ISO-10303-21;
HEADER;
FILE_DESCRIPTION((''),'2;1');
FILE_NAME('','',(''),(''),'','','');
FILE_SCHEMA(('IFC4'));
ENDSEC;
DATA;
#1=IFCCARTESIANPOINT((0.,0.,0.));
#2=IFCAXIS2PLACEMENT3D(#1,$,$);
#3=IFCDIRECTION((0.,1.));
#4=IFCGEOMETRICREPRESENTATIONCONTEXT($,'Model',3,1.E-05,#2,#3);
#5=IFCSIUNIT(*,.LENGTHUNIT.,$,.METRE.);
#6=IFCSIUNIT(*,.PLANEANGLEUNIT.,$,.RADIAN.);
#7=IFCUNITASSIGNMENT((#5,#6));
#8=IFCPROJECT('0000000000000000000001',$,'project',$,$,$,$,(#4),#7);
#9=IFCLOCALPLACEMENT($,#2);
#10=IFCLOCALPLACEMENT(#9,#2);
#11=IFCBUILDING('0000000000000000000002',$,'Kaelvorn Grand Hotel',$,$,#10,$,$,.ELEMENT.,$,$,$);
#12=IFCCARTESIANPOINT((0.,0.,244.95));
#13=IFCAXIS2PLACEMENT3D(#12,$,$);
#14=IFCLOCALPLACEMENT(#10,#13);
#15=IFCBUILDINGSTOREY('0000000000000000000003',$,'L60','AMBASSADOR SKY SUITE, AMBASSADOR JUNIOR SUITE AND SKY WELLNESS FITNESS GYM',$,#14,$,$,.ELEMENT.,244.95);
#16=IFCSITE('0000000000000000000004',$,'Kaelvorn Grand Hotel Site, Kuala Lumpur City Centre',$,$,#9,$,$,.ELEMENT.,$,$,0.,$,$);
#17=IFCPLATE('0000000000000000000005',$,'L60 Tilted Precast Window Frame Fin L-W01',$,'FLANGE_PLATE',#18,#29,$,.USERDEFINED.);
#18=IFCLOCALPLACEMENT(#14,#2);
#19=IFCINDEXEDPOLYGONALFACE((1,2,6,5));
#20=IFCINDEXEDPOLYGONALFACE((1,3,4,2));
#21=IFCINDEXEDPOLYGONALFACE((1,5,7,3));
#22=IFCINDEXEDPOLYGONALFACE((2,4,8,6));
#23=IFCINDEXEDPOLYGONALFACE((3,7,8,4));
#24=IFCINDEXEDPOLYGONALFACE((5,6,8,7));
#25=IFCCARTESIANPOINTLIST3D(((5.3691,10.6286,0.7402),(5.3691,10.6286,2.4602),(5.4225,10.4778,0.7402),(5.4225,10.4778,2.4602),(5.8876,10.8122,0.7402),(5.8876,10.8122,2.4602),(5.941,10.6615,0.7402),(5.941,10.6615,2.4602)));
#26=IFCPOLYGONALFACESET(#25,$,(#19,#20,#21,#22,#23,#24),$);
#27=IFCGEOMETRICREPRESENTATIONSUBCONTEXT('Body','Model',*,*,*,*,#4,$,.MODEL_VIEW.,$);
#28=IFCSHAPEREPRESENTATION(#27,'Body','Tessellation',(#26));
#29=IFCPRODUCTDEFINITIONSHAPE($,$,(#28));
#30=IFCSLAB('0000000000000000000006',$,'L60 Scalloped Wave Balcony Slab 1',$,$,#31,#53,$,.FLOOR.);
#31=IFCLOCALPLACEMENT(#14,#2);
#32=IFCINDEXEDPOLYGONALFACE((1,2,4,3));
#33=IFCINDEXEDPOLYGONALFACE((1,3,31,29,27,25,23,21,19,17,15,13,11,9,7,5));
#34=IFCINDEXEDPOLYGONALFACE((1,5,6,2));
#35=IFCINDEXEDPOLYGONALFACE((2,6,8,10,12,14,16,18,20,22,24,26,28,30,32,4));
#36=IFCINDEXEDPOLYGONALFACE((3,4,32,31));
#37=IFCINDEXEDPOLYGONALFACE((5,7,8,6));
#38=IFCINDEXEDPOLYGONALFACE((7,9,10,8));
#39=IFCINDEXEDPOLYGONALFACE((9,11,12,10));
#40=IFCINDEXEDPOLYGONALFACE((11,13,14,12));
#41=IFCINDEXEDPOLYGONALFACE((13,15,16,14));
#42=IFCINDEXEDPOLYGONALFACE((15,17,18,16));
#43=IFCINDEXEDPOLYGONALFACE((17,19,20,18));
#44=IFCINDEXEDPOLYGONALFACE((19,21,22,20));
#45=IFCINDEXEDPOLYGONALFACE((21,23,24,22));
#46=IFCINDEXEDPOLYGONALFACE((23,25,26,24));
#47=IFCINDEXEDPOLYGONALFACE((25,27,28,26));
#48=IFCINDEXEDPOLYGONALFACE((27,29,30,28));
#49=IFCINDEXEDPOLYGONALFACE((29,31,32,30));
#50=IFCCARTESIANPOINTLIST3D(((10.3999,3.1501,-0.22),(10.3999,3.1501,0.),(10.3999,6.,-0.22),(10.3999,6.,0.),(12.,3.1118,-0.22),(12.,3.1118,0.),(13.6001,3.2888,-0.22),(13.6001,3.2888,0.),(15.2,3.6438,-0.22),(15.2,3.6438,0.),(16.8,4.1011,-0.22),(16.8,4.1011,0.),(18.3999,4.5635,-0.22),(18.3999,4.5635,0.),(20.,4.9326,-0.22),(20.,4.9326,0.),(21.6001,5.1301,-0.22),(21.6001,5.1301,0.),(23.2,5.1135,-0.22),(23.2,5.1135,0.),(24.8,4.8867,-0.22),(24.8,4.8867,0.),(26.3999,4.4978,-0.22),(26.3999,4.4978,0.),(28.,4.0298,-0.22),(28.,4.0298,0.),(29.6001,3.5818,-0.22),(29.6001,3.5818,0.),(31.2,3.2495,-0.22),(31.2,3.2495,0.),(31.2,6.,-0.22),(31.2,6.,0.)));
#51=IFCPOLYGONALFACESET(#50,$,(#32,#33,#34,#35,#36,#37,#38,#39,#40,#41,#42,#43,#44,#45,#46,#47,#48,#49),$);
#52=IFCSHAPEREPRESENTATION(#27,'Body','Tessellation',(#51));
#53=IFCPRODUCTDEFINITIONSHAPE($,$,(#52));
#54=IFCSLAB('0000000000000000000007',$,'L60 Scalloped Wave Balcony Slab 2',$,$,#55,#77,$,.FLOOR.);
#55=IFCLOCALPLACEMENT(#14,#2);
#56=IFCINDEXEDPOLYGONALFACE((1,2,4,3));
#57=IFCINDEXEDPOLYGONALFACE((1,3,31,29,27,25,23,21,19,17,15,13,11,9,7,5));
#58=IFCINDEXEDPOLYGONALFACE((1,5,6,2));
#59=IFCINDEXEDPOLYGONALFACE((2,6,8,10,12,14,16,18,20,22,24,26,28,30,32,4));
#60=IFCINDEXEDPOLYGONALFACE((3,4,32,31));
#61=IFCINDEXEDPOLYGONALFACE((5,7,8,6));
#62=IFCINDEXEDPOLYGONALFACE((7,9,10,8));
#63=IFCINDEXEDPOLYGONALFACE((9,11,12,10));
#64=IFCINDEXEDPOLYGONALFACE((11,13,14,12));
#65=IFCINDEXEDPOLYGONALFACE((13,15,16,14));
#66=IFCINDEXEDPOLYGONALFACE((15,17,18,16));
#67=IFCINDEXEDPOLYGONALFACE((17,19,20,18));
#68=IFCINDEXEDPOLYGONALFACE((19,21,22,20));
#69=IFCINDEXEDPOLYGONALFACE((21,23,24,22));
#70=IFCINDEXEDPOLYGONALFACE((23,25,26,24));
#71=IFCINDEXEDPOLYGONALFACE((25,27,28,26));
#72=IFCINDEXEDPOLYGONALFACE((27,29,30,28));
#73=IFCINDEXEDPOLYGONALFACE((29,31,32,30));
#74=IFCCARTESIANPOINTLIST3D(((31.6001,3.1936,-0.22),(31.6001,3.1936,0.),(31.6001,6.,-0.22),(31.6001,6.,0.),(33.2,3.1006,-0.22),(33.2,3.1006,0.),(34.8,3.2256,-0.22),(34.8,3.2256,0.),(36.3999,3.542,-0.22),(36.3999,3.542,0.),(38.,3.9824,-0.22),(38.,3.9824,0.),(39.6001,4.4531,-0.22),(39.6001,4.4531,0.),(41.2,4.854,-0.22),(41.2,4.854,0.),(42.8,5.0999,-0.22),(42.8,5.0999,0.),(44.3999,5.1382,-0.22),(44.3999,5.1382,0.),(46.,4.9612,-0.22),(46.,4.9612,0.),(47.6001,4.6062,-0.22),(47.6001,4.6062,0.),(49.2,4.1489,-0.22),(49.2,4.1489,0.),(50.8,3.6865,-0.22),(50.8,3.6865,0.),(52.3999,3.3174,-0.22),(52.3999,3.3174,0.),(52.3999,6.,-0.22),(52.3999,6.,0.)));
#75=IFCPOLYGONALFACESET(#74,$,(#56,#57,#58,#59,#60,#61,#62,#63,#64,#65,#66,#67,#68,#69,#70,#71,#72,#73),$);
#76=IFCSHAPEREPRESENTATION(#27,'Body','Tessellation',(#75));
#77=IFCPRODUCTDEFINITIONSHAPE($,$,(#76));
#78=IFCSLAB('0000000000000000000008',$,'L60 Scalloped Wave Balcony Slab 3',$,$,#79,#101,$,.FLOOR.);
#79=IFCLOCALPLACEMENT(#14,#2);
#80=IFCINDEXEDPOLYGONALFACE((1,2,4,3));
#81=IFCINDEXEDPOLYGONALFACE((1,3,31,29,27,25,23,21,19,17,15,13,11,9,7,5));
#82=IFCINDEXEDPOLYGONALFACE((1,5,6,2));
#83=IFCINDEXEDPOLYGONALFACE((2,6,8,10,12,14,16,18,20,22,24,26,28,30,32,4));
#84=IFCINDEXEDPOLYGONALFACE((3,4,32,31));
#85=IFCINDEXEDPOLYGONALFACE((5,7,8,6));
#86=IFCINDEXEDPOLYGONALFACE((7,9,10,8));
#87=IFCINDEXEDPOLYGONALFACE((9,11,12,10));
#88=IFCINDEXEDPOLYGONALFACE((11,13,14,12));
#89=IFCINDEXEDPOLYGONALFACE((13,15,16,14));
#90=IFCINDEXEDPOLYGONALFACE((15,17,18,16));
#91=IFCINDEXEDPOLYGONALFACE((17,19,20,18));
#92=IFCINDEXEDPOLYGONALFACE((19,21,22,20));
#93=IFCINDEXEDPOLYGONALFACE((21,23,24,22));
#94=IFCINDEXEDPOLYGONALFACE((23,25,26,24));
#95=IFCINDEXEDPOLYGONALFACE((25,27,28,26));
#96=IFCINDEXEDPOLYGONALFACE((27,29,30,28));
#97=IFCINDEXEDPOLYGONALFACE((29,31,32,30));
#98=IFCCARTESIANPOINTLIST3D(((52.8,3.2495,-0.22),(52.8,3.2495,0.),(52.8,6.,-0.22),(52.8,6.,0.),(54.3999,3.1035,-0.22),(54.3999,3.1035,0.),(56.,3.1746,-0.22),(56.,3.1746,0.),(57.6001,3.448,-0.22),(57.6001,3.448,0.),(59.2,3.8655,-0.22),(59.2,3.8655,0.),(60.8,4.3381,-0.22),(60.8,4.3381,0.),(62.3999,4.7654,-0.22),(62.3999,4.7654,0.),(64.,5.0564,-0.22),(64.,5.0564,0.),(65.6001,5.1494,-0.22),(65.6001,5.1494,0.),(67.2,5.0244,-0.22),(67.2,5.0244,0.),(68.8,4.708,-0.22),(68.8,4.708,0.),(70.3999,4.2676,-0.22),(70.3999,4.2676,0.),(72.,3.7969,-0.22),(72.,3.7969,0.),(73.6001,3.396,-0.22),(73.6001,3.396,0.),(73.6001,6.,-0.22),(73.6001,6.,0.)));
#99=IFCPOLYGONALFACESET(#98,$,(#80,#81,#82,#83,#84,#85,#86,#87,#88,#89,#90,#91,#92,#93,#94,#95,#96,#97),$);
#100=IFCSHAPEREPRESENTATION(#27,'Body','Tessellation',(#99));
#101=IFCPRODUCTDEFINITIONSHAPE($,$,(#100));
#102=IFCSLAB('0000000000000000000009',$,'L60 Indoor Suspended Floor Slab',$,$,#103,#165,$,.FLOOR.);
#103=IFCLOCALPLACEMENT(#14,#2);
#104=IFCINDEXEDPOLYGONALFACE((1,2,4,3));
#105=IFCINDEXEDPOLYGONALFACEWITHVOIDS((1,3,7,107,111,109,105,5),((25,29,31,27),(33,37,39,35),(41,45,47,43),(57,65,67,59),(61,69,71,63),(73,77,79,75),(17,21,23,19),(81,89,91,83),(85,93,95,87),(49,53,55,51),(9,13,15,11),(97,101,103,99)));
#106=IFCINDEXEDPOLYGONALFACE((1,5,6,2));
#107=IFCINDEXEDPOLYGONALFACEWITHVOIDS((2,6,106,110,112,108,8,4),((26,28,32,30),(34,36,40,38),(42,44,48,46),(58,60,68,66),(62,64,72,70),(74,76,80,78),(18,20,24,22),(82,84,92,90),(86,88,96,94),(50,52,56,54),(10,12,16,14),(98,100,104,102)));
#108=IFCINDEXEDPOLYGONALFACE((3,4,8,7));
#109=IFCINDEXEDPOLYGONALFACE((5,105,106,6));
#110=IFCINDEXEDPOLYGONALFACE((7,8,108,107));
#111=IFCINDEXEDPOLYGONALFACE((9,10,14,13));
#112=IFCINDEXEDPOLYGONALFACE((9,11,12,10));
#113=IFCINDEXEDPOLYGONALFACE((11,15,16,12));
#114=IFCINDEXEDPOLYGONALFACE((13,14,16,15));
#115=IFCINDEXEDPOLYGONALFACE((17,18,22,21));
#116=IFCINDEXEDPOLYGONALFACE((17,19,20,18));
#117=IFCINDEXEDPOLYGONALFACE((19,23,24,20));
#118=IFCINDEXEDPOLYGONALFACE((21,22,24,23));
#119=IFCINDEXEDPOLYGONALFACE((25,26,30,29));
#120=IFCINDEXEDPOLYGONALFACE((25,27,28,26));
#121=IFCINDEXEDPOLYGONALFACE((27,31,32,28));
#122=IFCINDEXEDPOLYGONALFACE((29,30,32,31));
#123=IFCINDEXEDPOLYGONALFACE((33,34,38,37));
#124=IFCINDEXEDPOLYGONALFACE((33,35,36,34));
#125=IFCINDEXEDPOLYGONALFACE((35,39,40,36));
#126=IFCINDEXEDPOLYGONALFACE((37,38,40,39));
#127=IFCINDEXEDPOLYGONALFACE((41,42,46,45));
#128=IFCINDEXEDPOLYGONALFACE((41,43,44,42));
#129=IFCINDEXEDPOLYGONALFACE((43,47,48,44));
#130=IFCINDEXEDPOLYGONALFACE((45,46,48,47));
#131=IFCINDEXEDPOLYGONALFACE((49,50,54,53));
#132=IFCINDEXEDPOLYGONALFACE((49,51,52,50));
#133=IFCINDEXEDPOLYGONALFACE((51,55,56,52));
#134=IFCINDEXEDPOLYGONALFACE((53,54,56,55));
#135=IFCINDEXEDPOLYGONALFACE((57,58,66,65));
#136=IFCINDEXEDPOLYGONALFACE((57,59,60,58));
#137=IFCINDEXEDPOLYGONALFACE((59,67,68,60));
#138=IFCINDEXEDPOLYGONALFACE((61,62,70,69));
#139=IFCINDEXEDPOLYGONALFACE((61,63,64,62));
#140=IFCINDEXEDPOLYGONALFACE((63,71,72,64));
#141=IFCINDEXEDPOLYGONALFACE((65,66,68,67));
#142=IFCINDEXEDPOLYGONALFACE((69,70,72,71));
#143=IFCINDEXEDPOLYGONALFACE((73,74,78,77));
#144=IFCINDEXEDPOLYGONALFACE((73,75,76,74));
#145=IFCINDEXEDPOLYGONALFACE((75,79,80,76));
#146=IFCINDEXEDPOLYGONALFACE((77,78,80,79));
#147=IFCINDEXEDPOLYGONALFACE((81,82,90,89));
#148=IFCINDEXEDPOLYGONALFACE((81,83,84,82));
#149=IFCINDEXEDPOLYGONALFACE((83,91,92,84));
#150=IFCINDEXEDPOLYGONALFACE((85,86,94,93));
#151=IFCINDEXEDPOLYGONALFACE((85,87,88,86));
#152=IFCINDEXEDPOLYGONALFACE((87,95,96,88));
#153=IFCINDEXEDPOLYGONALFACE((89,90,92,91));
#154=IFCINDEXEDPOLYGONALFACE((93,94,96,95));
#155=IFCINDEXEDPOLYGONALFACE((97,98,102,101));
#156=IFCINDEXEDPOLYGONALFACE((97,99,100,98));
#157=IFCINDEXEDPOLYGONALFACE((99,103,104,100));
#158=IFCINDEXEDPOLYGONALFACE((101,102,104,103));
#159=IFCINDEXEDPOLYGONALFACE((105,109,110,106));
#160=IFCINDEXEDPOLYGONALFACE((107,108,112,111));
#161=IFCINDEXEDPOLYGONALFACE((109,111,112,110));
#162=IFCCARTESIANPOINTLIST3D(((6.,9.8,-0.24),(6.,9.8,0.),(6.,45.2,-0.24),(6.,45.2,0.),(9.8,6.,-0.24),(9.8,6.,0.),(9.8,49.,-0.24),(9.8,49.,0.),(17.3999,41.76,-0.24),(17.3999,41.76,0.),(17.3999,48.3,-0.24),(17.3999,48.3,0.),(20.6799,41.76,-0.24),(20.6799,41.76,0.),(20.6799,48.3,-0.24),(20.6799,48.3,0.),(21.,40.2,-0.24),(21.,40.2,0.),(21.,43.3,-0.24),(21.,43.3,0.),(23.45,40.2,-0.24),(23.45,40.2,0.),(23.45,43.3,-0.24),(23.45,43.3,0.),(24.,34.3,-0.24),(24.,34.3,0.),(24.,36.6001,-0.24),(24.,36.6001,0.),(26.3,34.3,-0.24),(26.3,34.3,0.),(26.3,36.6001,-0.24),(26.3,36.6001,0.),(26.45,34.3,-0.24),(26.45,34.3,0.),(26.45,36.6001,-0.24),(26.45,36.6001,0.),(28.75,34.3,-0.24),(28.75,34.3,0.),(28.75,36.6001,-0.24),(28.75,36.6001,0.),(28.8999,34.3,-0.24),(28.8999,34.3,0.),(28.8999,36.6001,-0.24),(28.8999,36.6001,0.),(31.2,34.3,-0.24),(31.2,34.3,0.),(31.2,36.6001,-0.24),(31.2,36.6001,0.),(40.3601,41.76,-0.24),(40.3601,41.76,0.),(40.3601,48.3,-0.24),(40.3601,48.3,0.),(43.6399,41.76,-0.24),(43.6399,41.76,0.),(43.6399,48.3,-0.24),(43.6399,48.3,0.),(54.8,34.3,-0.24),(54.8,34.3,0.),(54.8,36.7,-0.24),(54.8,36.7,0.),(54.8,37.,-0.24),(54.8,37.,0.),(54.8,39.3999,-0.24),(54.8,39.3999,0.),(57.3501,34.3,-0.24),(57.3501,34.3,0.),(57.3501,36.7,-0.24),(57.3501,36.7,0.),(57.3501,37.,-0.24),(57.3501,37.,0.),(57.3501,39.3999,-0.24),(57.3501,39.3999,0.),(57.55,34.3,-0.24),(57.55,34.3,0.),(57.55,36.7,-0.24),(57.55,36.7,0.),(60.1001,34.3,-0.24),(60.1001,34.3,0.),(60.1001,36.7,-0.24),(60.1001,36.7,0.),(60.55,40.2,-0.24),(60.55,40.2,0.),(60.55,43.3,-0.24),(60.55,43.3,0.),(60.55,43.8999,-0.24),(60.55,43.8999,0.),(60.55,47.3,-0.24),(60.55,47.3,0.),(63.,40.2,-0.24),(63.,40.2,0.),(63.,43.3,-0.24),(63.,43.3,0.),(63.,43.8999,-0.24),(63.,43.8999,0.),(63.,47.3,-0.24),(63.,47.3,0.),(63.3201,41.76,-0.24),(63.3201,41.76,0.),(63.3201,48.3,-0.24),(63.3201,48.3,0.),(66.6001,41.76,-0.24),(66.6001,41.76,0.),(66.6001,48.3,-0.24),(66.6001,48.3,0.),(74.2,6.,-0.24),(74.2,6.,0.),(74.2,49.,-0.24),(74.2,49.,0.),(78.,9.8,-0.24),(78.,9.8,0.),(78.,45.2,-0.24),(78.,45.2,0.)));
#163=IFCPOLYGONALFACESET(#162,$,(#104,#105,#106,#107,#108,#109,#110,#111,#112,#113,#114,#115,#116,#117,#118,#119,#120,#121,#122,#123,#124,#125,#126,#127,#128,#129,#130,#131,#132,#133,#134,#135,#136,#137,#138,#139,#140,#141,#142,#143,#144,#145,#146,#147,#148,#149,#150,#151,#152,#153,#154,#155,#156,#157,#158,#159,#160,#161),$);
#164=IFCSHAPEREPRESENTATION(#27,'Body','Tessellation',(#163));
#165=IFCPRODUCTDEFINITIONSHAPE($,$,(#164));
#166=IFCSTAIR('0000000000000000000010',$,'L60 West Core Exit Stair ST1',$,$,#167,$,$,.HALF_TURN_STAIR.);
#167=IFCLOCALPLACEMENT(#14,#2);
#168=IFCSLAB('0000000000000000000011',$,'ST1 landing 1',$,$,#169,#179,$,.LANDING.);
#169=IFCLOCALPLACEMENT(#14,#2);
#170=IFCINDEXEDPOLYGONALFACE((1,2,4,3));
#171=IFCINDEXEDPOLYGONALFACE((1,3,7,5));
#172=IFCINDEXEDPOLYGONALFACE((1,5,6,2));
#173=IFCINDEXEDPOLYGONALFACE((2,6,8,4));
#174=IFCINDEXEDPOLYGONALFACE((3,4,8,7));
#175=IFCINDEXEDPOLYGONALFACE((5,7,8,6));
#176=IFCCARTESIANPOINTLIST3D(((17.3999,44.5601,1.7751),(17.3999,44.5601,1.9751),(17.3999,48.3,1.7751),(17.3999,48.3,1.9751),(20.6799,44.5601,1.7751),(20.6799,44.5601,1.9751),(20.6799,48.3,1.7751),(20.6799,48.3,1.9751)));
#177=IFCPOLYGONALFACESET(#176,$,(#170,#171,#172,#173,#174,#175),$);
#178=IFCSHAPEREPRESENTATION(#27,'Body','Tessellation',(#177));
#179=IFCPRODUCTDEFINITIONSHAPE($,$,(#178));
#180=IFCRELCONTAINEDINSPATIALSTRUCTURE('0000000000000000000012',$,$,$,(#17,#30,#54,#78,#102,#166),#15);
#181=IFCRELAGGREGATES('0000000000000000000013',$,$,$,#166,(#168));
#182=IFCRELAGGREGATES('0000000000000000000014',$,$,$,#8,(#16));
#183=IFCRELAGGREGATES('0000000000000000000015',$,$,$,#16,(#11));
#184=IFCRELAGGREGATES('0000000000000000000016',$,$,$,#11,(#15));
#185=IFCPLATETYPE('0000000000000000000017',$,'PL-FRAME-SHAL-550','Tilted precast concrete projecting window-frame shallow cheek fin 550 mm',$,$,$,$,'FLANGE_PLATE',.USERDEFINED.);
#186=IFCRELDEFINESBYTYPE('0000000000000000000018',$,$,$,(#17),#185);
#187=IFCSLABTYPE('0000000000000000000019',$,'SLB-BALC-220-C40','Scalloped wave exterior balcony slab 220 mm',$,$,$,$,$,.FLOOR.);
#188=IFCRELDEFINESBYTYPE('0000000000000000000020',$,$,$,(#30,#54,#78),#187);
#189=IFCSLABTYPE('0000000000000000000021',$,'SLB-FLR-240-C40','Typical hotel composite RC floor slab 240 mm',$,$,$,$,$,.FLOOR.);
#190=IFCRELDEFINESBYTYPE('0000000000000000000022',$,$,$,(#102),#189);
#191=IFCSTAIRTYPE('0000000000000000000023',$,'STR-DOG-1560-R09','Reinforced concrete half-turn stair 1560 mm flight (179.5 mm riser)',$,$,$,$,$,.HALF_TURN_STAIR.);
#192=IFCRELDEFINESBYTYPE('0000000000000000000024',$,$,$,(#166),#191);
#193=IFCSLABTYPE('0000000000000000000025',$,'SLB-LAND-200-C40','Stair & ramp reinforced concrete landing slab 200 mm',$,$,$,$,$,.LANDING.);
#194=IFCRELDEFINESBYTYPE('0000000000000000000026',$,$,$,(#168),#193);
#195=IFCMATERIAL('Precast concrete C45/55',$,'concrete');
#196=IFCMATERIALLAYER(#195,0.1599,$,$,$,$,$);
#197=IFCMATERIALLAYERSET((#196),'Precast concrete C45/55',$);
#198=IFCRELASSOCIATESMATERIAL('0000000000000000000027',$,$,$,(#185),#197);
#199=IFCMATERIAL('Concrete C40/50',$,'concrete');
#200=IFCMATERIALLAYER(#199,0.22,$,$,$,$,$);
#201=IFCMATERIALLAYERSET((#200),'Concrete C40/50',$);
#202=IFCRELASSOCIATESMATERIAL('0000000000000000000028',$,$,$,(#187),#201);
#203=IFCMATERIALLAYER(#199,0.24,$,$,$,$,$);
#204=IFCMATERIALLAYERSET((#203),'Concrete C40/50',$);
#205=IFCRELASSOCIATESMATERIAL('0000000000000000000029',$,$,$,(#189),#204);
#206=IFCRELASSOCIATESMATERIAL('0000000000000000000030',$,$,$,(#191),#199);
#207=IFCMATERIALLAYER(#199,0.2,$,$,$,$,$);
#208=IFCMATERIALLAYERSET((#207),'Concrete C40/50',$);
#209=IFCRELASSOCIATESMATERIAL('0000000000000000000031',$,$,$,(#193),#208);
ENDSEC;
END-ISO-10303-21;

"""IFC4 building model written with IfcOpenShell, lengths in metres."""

from ifc_helpers import new_model, si_unit, direction, frame, origin, origin_2d, place, context, subcontext, project, spatial, polyline, rectangle, outline, extrude, material, layer, layer_set, type_object, element, aggregate, save


model = new_model("IFC4")

# Units and contexts
model_context = context("Model", 3, precision=1e-05, world=origin(), true_north=direction((0.0, 1.0)))
body_context = subcontext(model_context, "Body", "Model", "MODEL_VIEW")
ifc_project = project(units=[si_unit("LENGTHUNIT", "METRE"), si_unit("PLANEANGLEUNIT", "RADIAN")], contexts=[model_context])

# Site, building, storey
site_placement = place(None, origin())
site = spatial("IfcSite", under=ifc_project, at=site_placement, Name="Kaelvorn Grand Hotel Site, Kuala Lumpur City Centre", CompositionType="ELEMENT", RefElevation=0.0)
building_placement = place(site_placement, origin())
building = spatial("IfcBuilding", under=site, at=building_placement, Name="Kaelvorn Grand Hotel", CompositionType="ELEMENT")
storey_placement = place(building_placement, frame((0.0, 0.0, 244.95)))
storey = spatial("IfcBuildingStorey", under=building, at=storey_placement, Name="L60", Description="AMBASSADOR SKY SUITE, AMBASSADOR JUNIOR SUITE AND SKY WELLNESS FITNESS GYM", CompositionType="ELEMENT", Elevation=244.95)

# Plate
ifc_material_1 = material(Name="Precast concrete C45/55", Category="concrete")
ifc_layer_1 = layer(ifc_material_1, 0.1599)
ifc_layer_set_1 = layer_set([ifc_layer_1], Name="Precast concrete C45/55")
plate_type = type_object("IfcPlateType", Name="PL-FRAME-SHAL-550", Description="Tilted precast concrete projecting window-frame shallow cheek fin 550 mm", ElementType="FLANGE_PLATE", PredefinedType="USERDEFINED", material=ifc_layer_set_1)
plate_placement = place(storey_placement, frame((5.655, 10.645, 0.7402), z_axis=(0.0, 0.0, 1.0), x_axis=(-0.333807, 0.942641, 0.0)))
element("IfcPlate", 1, at=plate_placement, inside=storey, type_object=plate_type, Name="L60 Tilted Precast Window Frame Fin L-W01", ObjectType="FLANGE_PLATE", PredefinedType="USERDEFINED", context=body_context, shape_type="SweptSolid", body=[
    extrude(rectangle(XDim=0.1599, YDim=0.55, at=origin_2d()), origin(), (0.0, 0.0, 1.0), 1.72),
])

# Slabs
ifc_material_2 = material(Name="Concrete C40/50", Category="concrete")
ifc_layer_2 = layer(ifc_material_2, 0.22)
ifc_layer_set_2 = layer_set([ifc_layer_2], Name="Concrete C40/50")
slab_type_1 = type_object("IfcSlabType", Name="SLB-BALC-220-C40", Description="Scalloped wave exterior balcony slab 220 mm", PredefinedType="FLOOR", material=ifc_layer_set_2)
slab_1_placement = place(storey_placement, frame((0.0, 0.0, -0.22)))
element("IfcSlab", 2, at=slab_1_placement, inside=storey, type_object=slab_type_1, Name="L60 Scalloped Wave Balcony Slab 1", PredefinedType="FLOOR", context=body_context, shape_type="SweptSolid", body=[
    extrude(outline(polyline([(10.3999, 3.1501), (12.0, 3.1118), (13.6001, 3.2888), (15.2, 3.6438), (16.8, 4.1011), (18.3999, 4.5635), (20.0, 4.9326), (21.6001, 5.1301), (23.2, 5.1135), (24.8, 4.8867), (26.3999, 4.4978), (28.0, 4.0298), (29.6001, 3.5818), (31.2, 3.2495), (31.2, 6.0), (10.3999, 6.0), (10.3999, 3.1501)])), origin(), (0.0, 0.0, 1.0), 0.22),
])
slab_2_placement = place(storey_placement, frame((0.0, 0.0, -0.22)))
element("IfcSlab", 3, at=slab_2_placement, inside=storey, type_object=slab_type_1, Name="L60 Scalloped Wave Balcony Slab 2", PredefinedType="FLOOR", context=body_context, shape_type="SweptSolid", body=[
    extrude(outline(polyline([(31.6001, 3.1936), (33.2, 3.1006), (34.8, 3.2256), (36.3999, 3.542), (38.0, 3.9824), (39.6001, 4.4531), (41.2, 4.854), (42.8, 5.0999), (44.3999, 5.1382), (46.0, 4.9612), (47.6001, 4.6062), (49.2, 4.1489), (50.8, 3.6865), (52.3999, 3.3174), (52.3999, 6.0), (31.6001, 6.0), (31.6001, 3.1936)])), origin(), (0.0, 0.0, 1.0), 0.22),
])
slab_3_placement = place(storey_placement, frame((0.0, 0.0, -0.22)))
element("IfcSlab", 4, at=slab_3_placement, inside=storey, type_object=slab_type_1, Name="L60 Scalloped Wave Balcony Slab 3", PredefinedType="FLOOR", context=body_context, shape_type="SweptSolid", body=[
    extrude(outline(polyline([(52.8, 3.2495), (54.3999, 3.1035), (56.0, 3.1746), (57.6001, 3.448), (59.2, 3.8655), (60.8, 4.3381), (62.3999, 4.7654), (64.0, 5.0564), (65.6001, 5.1494), (67.2, 5.0244), (68.8, 4.708), (70.3999, 4.2676), (72.0, 3.7969), (73.6001, 3.396), (73.6001, 6.0), (52.8, 6.0), (52.8, 3.2495)])), origin(), (0.0, 0.0, 1.0), 0.22),
])
ifc_layer_3 = layer(ifc_material_2, 0.24)
ifc_layer_set_3 = layer_set([ifc_layer_3], Name="Concrete C40/50")
slab_type_2 = type_object("IfcSlabType", Name="SLB-FLR-240-C40", Description="Typical hotel composite RC floor slab 240 mm", PredefinedType="FLOOR", material=ifc_layer_set_3)
slab_4_placement = place(storey_placement, frame((0.0, 0.0, -0.24)))
element("IfcSlab", 5, at=slab_4_placement, inside=storey, type_object=slab_type_2, Name="L60 Indoor Suspended Floor Slab", PredefinedType="FLOOR", context=body_context, shape_type="SweptSolid", body=[
    extrude(outline(polyline([(9.8, 6.0), (74.2, 6.0), (78.0, 9.8), (78.0, 45.2), (74.2, 49.0), (9.8, 49.0), (6.0, 45.2), (6.0, 9.8), (9.8, 6.0)]), holes=[polyline([(17.3999, 41.76), (17.3999, 48.3), (20.6799, 48.3), (20.6799, 41.76), (17.3999, 41.76)]), polyline([(40.3601, 41.76), (40.3601, 48.3), (43.6399, 48.3), (43.6399, 41.76), (40.3601, 41.76)]), polyline([(63.3201, 41.76), (63.3201, 48.3), (66.6001, 48.3), (66.6001, 41.76), (63.3201, 41.76)]), polyline([(24.0, 34.3), (24.0, 36.6001), (26.3, 36.6001), (26.3, 34.3), (24.0, 34.3)]), polyline([(26.45, 34.3), (26.45, 36.6001), (28.75, 36.6001), (28.75, 34.3), (26.45, 34.3)]), polyline([(28.8999, 34.3), (28.8999, 36.6001), (31.2, 36.6001), (31.2, 34.3), (28.8999, 34.3)]), polyline([(54.8, 34.3), (54.8, 36.7), (57.3501, 36.7), (57.3501, 34.3), (54.8, 34.3)]), polyline([(57.55, 34.3), (57.55, 36.7), (60.1001, 36.7), (60.1001, 34.3), (57.55, 34.3)]), polyline([(54.8, 37.0), (54.8, 39.3999), (57.3501, 39.3999), (57.3501, 37.0), (54.8, 37.0)]), polyline([(21.0, 40.2), (21.0, 43.3), (23.45, 43.3), (23.45, 40.2), (21.0, 40.2)]), polyline([(60.55, 40.2), (60.55, 43.3), (63.0, 43.3), (63.0, 40.2), (60.55, 40.2)]), polyline([(60.55, 43.8999), (60.55, 47.3), (63.0, 47.3), (63.0, 43.8999), (60.55, 43.8999)])]), origin(), (0.0, 0.0, 1.0), 0.24),
])

# Stair, slab
stair_type = type_object("IfcStairType", Name="STR-DOG-1560-R09", Description="Reinforced concrete half-turn stair 1560 mm flight (179.5 mm riser)", PredefinedType="HALF_TURN_STAIR", material=ifc_material_2)
stair_1_placement = place(storey_placement, origin())
stair_1 = element("IfcStair", 6, at=stair_1_placement, inside=storey, type_object=stair_type, Name="L60 West Core Exit Stair ST1", PredefinedType="HALF_TURN_STAIR")
ifc_layer_4 = layer(ifc_material_2, 0.2)
ifc_layer_set_4 = layer_set([ifc_layer_4], Name="Concrete C40/50")
slab_type_3 = type_object("IfcSlabType", Name="SLB-LAND-200-C40", Description="Stair & ramp reinforced concrete landing slab 200 mm", PredefinedType="LANDING", material=ifc_layer_set_4)
slab_5_placement = place(storey_placement, frame((0.0, 0.0, 1.7751)))
slab_5 = element("IfcSlab", 7, at=slab_5_placement, type_object=slab_type_3, Name="ST1 landing 1", PredefinedType="LANDING", context=body_context, shape_type="SweptSolid", body=[
    extrude(outline(polyline([(20.6799, 44.5601), (20.6799, 48.3), (17.3999, 48.3), (17.3999, 44.5601), (20.6799, 44.5601)])), origin(), (0.0, 0.0, 1.0), 0.2),
])
aggregate(stair_1, [slab_5])

save(model, "model.ifc")
